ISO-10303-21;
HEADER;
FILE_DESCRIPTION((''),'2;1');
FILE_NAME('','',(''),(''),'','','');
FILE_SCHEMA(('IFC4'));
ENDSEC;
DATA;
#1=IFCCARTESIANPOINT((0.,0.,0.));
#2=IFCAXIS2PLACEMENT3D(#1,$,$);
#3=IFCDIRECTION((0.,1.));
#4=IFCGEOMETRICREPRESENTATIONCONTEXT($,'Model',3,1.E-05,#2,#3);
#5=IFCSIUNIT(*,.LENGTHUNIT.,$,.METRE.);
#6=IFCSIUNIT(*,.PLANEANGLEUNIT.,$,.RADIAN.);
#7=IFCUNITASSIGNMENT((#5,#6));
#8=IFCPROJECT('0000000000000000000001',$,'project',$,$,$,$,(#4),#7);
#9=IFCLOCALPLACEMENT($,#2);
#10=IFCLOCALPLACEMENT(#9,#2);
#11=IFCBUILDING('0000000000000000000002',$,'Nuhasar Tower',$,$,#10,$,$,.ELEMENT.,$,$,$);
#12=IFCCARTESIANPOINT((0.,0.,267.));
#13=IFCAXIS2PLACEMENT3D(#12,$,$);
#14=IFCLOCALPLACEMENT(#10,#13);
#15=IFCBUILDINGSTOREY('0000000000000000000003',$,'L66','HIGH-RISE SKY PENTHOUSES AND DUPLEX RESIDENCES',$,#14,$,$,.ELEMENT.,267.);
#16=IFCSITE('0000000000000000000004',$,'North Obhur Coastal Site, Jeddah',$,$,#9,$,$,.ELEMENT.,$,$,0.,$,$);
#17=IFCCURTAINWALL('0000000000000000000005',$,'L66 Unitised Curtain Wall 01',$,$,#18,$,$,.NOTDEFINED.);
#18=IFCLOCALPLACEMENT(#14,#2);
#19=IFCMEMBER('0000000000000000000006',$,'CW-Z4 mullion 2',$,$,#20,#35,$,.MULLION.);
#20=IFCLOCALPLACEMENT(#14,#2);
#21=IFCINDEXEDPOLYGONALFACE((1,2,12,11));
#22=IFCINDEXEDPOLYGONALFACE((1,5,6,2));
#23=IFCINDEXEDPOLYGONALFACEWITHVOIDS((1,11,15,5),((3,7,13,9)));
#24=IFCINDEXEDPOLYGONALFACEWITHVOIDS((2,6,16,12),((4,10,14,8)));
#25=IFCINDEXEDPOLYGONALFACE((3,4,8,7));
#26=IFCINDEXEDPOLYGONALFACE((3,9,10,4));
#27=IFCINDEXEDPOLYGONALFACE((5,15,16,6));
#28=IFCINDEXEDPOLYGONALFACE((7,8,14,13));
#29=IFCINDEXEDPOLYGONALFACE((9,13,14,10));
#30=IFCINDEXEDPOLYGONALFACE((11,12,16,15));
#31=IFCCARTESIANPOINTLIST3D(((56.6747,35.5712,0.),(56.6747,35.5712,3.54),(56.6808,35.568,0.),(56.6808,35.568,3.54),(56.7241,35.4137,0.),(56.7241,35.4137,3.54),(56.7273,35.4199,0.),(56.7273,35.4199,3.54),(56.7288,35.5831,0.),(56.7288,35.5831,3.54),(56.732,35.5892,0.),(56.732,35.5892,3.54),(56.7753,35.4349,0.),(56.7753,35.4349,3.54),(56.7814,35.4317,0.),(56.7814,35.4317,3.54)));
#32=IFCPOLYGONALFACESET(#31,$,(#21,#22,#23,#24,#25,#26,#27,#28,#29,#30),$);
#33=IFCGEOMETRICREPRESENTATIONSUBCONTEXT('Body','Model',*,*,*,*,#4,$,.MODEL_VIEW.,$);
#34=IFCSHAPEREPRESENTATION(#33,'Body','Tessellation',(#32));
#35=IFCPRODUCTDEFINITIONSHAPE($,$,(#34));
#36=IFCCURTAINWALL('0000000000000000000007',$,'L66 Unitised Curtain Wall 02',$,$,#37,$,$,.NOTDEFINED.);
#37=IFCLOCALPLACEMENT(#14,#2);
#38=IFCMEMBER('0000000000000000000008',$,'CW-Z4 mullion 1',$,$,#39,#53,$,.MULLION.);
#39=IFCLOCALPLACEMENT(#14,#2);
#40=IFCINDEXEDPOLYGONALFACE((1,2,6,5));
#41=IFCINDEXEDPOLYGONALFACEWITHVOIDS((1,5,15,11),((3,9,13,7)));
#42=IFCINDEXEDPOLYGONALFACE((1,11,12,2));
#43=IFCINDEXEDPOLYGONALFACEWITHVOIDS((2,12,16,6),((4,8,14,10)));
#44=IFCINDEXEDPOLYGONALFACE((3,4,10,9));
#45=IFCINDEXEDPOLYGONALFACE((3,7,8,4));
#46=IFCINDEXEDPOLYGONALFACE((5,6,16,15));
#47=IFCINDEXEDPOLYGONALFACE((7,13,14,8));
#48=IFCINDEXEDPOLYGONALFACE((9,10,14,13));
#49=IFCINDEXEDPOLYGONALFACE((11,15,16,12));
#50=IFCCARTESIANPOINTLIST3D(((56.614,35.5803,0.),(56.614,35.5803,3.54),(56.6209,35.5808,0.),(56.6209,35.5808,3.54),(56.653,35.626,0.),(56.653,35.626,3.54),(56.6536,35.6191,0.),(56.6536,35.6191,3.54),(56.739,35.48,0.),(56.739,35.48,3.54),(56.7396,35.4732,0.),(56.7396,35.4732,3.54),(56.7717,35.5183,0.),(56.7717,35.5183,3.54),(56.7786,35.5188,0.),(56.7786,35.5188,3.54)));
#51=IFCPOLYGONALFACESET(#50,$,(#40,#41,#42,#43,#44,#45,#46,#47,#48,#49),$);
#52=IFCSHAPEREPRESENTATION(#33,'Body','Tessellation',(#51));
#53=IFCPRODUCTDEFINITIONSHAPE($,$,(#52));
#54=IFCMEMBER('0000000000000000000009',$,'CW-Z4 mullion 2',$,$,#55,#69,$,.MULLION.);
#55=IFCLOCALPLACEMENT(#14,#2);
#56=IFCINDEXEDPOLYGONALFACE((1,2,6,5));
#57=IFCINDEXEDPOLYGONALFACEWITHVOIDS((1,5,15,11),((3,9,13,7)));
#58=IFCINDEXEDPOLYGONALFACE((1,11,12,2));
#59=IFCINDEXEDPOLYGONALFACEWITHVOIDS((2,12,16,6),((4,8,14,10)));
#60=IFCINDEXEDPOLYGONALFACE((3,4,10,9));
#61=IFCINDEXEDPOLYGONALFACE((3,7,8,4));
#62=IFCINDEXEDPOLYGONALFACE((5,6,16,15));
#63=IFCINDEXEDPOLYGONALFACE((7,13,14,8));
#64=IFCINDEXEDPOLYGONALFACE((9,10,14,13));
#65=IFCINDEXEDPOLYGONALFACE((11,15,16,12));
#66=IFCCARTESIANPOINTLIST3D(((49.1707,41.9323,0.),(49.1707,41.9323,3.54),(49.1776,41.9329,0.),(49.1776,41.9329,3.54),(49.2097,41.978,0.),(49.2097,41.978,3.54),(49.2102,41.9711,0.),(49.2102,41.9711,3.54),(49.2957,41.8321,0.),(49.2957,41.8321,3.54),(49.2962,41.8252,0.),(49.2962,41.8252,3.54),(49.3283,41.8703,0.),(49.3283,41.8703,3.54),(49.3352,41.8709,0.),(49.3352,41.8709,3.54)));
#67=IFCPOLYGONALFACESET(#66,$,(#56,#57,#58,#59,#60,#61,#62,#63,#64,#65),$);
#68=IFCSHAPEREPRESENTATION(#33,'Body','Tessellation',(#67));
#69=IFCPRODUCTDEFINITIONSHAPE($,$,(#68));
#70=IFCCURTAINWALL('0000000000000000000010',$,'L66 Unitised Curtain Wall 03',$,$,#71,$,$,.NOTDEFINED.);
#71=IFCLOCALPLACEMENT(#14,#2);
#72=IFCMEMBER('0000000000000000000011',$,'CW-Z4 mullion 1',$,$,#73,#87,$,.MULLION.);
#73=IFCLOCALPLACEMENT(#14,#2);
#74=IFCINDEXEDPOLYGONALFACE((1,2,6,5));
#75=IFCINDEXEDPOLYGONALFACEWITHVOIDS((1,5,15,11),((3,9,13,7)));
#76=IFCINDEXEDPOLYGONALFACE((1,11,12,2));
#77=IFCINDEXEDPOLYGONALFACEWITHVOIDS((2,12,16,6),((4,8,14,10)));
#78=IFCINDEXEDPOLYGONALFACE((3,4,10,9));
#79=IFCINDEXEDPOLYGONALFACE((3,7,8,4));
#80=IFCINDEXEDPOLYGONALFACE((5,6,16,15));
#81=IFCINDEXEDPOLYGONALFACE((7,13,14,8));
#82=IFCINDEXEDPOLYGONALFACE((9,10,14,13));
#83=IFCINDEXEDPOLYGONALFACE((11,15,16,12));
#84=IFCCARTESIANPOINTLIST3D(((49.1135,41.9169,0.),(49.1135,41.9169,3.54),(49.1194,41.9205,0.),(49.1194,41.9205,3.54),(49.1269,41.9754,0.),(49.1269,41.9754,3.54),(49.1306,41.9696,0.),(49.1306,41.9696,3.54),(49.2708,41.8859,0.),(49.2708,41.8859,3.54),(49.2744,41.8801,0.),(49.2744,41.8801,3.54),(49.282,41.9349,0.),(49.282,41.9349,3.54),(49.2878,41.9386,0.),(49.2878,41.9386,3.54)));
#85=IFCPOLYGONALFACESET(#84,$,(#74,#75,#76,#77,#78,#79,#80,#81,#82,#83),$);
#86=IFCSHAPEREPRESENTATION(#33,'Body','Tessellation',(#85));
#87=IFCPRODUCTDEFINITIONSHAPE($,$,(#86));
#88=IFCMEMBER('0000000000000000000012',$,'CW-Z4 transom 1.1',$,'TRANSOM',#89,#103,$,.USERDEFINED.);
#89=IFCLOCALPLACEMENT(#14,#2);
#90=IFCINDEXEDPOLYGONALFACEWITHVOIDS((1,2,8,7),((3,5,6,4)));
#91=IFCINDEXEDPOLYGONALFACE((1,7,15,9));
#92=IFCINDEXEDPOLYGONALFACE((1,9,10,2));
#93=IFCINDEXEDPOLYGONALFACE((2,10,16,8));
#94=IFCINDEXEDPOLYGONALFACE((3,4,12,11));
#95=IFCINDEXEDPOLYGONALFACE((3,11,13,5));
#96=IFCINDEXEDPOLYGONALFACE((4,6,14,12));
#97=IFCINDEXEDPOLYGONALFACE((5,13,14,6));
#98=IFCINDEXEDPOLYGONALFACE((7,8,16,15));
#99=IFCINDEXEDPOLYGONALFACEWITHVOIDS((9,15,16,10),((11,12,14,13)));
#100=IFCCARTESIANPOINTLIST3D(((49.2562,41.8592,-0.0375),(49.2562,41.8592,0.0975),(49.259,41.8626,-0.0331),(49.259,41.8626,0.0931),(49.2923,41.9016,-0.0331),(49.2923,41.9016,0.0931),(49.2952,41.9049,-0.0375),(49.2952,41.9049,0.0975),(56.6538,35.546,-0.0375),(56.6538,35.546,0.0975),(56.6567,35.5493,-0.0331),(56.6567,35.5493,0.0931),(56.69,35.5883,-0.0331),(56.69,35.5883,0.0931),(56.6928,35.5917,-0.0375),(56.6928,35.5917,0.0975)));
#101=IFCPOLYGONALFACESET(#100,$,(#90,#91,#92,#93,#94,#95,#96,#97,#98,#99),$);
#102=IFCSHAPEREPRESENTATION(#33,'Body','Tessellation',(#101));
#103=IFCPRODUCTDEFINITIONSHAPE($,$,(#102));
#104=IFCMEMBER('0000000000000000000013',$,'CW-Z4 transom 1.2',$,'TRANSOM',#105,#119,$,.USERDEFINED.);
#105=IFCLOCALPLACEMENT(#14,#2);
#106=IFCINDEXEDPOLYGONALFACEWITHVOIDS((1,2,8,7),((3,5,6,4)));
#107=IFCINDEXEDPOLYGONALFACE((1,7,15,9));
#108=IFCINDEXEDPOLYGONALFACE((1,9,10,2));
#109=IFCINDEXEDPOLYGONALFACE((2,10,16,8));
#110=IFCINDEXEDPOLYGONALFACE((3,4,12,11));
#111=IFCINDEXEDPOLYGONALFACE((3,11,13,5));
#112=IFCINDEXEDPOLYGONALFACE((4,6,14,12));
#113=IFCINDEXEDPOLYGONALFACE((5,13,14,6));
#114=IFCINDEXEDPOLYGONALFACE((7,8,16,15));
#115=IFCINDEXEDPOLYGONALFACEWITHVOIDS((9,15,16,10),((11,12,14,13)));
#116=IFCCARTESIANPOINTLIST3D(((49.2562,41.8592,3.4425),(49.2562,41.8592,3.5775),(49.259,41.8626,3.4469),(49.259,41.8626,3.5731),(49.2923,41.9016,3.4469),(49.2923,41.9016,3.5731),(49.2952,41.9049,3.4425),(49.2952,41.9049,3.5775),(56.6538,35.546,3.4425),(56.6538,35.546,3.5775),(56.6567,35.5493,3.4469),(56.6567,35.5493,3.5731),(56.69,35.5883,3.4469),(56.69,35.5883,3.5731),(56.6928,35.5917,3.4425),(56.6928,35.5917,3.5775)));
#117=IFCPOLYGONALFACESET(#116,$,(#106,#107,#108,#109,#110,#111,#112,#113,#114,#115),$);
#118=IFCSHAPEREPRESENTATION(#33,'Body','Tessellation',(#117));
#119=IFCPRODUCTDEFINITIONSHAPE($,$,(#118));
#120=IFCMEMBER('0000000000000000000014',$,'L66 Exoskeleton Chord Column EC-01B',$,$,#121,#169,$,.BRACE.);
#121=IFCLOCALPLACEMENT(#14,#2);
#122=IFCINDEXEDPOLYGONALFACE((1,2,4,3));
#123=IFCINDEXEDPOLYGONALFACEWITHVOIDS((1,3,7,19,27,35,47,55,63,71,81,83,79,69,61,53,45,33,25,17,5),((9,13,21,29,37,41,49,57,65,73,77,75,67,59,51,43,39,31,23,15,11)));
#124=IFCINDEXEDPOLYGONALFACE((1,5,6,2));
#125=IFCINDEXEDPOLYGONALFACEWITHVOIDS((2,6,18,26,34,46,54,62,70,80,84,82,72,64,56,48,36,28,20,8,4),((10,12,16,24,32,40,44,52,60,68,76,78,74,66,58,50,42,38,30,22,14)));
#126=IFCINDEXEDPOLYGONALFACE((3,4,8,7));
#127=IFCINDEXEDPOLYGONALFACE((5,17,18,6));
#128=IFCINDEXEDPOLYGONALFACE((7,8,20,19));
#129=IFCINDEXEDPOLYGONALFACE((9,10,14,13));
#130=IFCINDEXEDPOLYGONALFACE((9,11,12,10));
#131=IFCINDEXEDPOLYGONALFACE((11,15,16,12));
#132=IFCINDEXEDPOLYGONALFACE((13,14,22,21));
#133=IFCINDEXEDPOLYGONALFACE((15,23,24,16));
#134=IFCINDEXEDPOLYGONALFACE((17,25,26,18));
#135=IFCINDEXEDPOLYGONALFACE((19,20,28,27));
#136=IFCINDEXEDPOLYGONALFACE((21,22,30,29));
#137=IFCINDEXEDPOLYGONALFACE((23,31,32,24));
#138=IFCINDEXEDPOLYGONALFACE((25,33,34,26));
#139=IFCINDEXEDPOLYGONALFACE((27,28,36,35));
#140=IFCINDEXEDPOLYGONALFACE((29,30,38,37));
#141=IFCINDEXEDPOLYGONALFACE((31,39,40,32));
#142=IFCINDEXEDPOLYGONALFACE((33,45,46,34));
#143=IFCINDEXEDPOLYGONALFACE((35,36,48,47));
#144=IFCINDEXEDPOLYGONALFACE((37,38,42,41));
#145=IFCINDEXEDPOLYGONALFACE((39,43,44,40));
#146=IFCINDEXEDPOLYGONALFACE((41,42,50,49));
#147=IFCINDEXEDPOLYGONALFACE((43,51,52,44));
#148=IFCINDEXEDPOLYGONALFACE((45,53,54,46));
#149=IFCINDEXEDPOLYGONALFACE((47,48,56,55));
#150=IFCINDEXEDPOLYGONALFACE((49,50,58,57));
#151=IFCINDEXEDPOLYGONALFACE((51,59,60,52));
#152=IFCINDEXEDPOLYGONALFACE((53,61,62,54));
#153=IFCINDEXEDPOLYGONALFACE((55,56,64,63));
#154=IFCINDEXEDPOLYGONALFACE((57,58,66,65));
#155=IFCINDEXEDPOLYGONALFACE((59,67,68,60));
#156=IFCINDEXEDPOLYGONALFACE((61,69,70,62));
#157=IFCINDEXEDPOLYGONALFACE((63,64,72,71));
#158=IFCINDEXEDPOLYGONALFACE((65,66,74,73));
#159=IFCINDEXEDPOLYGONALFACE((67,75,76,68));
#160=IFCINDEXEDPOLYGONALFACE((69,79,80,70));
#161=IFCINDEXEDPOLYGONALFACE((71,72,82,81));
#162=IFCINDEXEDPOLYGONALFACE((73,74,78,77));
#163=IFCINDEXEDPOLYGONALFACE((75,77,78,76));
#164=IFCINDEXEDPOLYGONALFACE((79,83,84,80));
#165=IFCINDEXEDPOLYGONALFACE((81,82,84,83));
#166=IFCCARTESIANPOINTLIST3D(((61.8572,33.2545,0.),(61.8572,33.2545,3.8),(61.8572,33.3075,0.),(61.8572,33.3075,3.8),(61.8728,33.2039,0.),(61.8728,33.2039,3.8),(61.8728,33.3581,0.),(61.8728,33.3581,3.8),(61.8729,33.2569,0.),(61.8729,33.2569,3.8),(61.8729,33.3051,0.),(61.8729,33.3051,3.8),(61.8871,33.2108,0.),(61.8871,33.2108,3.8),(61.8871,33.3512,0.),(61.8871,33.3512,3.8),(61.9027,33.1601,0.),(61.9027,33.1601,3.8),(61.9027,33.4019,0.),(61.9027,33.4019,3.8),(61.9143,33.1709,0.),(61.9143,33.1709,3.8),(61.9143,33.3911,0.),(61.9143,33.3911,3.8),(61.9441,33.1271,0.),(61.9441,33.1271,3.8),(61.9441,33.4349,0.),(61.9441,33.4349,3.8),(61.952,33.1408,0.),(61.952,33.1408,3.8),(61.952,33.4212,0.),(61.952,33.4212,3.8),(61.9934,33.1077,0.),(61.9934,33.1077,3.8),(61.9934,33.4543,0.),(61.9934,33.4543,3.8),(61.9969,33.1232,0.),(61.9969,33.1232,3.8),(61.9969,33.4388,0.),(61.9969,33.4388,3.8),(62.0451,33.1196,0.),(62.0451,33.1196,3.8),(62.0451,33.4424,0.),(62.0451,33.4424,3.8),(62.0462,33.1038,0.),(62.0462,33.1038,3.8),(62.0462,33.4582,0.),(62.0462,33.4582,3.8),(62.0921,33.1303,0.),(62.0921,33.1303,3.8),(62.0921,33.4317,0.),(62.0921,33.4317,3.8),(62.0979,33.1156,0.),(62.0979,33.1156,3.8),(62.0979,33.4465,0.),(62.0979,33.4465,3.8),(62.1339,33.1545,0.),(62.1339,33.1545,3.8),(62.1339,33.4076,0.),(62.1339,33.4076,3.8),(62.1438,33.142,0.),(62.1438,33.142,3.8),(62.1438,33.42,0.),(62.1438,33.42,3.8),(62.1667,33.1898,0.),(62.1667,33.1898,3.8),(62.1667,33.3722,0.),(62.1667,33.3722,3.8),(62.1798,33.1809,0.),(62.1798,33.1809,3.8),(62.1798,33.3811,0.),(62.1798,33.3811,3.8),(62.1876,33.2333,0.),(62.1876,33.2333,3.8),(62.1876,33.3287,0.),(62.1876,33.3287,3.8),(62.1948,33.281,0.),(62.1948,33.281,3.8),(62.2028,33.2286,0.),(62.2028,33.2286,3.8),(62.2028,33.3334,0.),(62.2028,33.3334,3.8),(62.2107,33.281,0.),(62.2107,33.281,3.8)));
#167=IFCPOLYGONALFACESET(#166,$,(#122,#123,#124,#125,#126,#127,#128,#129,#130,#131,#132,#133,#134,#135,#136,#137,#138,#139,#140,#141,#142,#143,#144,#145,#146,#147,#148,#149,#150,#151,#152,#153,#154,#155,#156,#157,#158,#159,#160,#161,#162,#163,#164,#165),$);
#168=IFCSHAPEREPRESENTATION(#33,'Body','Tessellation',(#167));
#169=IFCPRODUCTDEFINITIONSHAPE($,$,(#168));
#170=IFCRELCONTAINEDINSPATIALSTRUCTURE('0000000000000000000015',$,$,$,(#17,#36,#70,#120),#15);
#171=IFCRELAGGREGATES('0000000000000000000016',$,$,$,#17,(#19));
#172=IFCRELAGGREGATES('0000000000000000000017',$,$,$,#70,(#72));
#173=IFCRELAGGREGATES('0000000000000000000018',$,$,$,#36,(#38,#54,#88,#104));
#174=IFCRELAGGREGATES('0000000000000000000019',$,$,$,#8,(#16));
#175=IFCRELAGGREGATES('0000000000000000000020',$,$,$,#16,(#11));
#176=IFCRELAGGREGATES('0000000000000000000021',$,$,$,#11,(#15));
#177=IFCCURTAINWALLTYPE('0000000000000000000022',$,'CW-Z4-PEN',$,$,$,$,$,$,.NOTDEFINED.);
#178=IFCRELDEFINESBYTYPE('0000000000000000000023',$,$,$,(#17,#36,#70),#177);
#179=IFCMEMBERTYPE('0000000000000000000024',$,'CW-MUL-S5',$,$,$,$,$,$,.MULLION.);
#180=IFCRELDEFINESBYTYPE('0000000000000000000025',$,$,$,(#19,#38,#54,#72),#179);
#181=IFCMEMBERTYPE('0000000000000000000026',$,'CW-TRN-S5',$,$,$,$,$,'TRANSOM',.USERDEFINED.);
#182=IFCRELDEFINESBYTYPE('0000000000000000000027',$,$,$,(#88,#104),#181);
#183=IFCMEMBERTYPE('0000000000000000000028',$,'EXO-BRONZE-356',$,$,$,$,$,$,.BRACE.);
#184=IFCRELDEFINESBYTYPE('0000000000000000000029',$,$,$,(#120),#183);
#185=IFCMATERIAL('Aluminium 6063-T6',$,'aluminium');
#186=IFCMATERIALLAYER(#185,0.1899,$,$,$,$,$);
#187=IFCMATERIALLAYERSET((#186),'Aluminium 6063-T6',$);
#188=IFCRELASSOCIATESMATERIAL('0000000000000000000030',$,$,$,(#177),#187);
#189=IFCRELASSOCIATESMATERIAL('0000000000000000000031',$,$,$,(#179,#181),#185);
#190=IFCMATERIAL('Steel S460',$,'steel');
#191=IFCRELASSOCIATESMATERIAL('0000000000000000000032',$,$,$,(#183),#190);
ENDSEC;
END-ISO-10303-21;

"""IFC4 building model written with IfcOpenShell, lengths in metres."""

from ifc_helpers import new_model, si_unit, direction, frame, origin, origin_2d, place, context, subcontext, project, spatial, hollow_rectangle, hollow_circle, extrude, material, layer, layer_set, material_profile, profile_set, type_object, element, aggregate, save


model = new_model("IFC4")

# Units and contexts
model_context = context("Model", 3, precision=1e-05, world=origin(), true_north=direction((0.0, 1.0)))
body_context = subcontext(model_context, "Body", "Model", "MODEL_VIEW")
ifc_project = project(units=[si_unit("LENGTHUNIT", "METRE"), si_unit("PLANEANGLEUNIT", "RADIAN")], contexts=[model_context])

# Site, building, storey
site_placement = place(None, origin())
site = spatial("IfcSite", under=ifc_project, at=site_placement, Name="North Obhur Coastal Site, Jeddah", CompositionType="ELEMENT", RefElevation=0.0)
building_placement = place(site_placement, origin())
building = spatial("IfcBuilding", under=site, at=building_placement, Name="Nuhasar Tower", CompositionType="ELEMENT")
storey_placement = place(building_placement, frame((0.0, 0.0, 267.0)))
storey = spatial("IfcBuildingStorey", under=building, at=storey_placement, Name="L66", Description="HIGH-RISE SKY PENTHOUSES AND DUPLEX RESIDENCES", CompositionType="ELEMENT", Elevation=267.0)

# Curtain wall, member
ifc_material_1 = material(Name="Aluminium 6063-T6", Category="aluminium")
ifc_layer_1 = layer(ifc_material_1, 0.1899)
ifc_layer_set_1 = layer_set([ifc_layer_1], Name="Aluminium 6063-T6")
curtain_wall_type = type_object("IfcCurtainWallType", Name="CW-Z4-PEN", PredefinedType="NOTDEFINED", material=ifc_layer_set_1)
curtain_wall_1_placement = place(storey_placement, origin())
curtain_wall_1 = element("IfcCurtainWall", 1, at=curtain_wall_1_placement, inside=storey, type_object=curtain_wall_type, Name="L66 Unitised Curtain Wall 01", PredefinedType="NOTDEFINED")
ifc_material_profile_1 = material_profile(ifc_material_1, hollow_rectangle(XDim=0.0601, YDim=0.165, WallThickness=0.0049, at=origin_2d()), Name="CWM-5")
ifc_profile_set_1 = profile_set([ifc_material_profile_1], Name="Aluminium 6063-T6")
member_type_1 = type_object("IfcMemberType", Name="CW-MUL-S5", PredefinedType="MULLION", material=ifc_profile_set_1)
member_1_placement = place(storey_placement, frame((56.728, 35.5015, 0.0), z_axis=(0.0, 0.0, 1.0), x_axis=(-0.954079, -0.299557, 0.0)))
member_1 = element("IfcMember", 2, at=member_1_placement, type_object=member_type_1, Name="CW-Z4 mullion 2", PredefinedType="MULLION", context=body_context, shape_type="SweptSolid", body=[
    extrude(hollow_rectangle(XDim=0.0601, YDim=0.165, WallThickness=0.0049, at=origin_2d()), origin(), (0.0, 0.0, 1.0), 3.54),
])
aggregate(curtain_wall_1, [member_1])

# Curtain wall, members
curtain_wall_2_placement = place(storey_placement, origin())
curtain_wall_2 = element("IfcCurtainWall", 3, at=curtain_wall_2_placement, inside=storey, type_object=curtain_wall_type, Name="L66 Unitised Curtain Wall 02", PredefinedType="NOTDEFINED")
member_2_placement = place(storey_placement, frame((56.6963, 35.5496, 0.0), z_axis=(0.0, 0.0, 1.0), x_axis=(-0.649142, -0.760667, 0.0)))
member_2 = element("IfcMember", 4, at=member_2_placement, type_object=member_type_1, Name="CW-Z4 mullion 1", PredefinedType="MULLION", context=body_context, shape_type="SweptSolid", body=[
    extrude(hollow_rectangle(XDim=0.0601, YDim=0.165, WallThickness=0.0049, at=origin_2d()), origin(), (0.0, 0.0, 1.0), 3.54),
])
member_3_placement = place(storey_placement, frame((49.2529, 41.9016, 0.0), z_axis=(0.0, 0.0, 1.0), x_axis=(-0.649142, -0.760667, 0.0)))
member_3 = element("IfcMember", 5, at=member_3_placement, type_object=member_type_1, Name="CW-Z4 mullion 2", PredefinedType="MULLION", context=body_context, shape_type="SweptSolid", body=[
    extrude(hollow_rectangle(XDim=0.0601, YDim=0.165, WallThickness=0.0049, at=origin_2d()), origin(), (0.0, 0.0, 1.0), 3.54),
])

# Curtain wall, member
curtain_wall_3_placement = place(storey_placement, origin())
curtain_wall_3 = element("IfcCurtainWall", 6, at=curtain_wall_3_placement, inside=storey, type_object=curtain_wall_type, Name="L66 Unitised Curtain Wall 03", PredefinedType="NOTDEFINED")
member_4_placement = place(storey_placement, frame((49.2007, 41.9277, 0.0), z_axis=(0.0, 0.0, 1.0), x_axis=(-0.222889, -0.974844, 0.0)))
member_4 = element("IfcMember", 7, at=member_4_placement, type_object=member_type_1, Name="CW-Z4 mullion 1", PredefinedType="MULLION", context=body_context, shape_type="SweptSolid", body=[
    extrude(hollow_rectangle(XDim=0.0601, YDim=0.165, WallThickness=0.0049, at=origin_2d()), origin(), (0.0, 0.0, 1.0), 3.54),
])
aggregate(curtain_wall_3, [member_4])

# Members
ifc_material_profile_2 = material_profile(ifc_material_1, hollow_rectangle(XDim=0.0601, YDim=0.135, WallThickness=0.0044, at=origin_2d()), Name="CWT-5")
ifc_profile_set_2 = profile_set([ifc_material_profile_2], Name="Aluminium 6063-T6")
member_type_2 = type_object("IfcMemberType", Name="CW-TRN-S5", ElementType="TRANSOM", PredefinedType="USERDEFINED", material=ifc_profile_set_2)
member_5_placement = place(storey_placement, frame((56.6733, 35.5688, 0.03), z_axis=(-0.76066, 0.64915, 0.0), x_axis=(-0.64915, -0.76066, 0.0)))
member_5 = element("IfcMember", 8, at=member_5_placement, type_object=member_type_2, Name="CW-Z4 transom 1.1", ObjectType="TRANSOM", PredefinedType="USERDEFINED", context=body_context, shape_type="SweptSolid", body=[
    extrude(hollow_rectangle(XDim=0.0601, YDim=0.135, WallThickness=0.0044, at=origin_2d()), origin(), (0.0, 0.0, 1.0), 9.7253),
])
member_6_placement = place(storey_placement, frame((56.6733, 35.5688, 3.51), z_axis=(-0.76066, 0.64915, 0.0), x_axis=(-0.64915, -0.76066, 0.0)))
member_6 = element("IfcMember", 9, at=member_6_placement, type_object=member_type_2, Name="CW-Z4 transom 1.2", ObjectType="TRANSOM", PredefinedType="USERDEFINED", context=body_context, shape_type="SweptSolid", body=[
    extrude(hollow_rectangle(XDim=0.0601, YDim=0.135, WallThickness=0.0044, at=origin_2d()), origin(), (0.0, 0.0, 1.0), 9.7253),
])

# Member
ifc_material_2 = material(Name="Steel S460", Category="steel")
ifc_material_profile_3 = material_profile(ifc_material_2, hollow_circle(Radius=0.1777, WallThickness=0.0159, at=origin_2d()), Name="HSS355.6X15.9")
ifc_profile_set_3 = profile_set([ifc_material_profile_3], Name="Steel S460")
member_type_3 = type_object("IfcMemberType", Name="EXO-BRONZE-356", PredefinedType="BRACE", material=ifc_profile_set_3)
for number, where, z_axis, x_axis, name in (
    (10, (62.033, 33.281, 0.0), (0.0, 0.0, 1.0), (1.0, 0.0, 0.0), "L66 Exoskeleton Chord Column EC-01B"),
):
    element("IfcMember", number, at=place(storey_placement, frame(where, z_axis=z_axis, x_axis=x_axis)), inside=storey, type_object=member_type_3, Name=name, PredefinedType="BRACE", context=body_context, shape_type="SweptSolid", body=[
        extrude(hollow_circle(Radius=0.1777, WallThickness=0.0159, at=origin_2d()), origin(), (0.0, 0.0, 1.0), 3.8),
    ])

aggregate(curtain_wall_2, [member_2, member_3, member_5, member_6])

save(model, "model.ifc")
